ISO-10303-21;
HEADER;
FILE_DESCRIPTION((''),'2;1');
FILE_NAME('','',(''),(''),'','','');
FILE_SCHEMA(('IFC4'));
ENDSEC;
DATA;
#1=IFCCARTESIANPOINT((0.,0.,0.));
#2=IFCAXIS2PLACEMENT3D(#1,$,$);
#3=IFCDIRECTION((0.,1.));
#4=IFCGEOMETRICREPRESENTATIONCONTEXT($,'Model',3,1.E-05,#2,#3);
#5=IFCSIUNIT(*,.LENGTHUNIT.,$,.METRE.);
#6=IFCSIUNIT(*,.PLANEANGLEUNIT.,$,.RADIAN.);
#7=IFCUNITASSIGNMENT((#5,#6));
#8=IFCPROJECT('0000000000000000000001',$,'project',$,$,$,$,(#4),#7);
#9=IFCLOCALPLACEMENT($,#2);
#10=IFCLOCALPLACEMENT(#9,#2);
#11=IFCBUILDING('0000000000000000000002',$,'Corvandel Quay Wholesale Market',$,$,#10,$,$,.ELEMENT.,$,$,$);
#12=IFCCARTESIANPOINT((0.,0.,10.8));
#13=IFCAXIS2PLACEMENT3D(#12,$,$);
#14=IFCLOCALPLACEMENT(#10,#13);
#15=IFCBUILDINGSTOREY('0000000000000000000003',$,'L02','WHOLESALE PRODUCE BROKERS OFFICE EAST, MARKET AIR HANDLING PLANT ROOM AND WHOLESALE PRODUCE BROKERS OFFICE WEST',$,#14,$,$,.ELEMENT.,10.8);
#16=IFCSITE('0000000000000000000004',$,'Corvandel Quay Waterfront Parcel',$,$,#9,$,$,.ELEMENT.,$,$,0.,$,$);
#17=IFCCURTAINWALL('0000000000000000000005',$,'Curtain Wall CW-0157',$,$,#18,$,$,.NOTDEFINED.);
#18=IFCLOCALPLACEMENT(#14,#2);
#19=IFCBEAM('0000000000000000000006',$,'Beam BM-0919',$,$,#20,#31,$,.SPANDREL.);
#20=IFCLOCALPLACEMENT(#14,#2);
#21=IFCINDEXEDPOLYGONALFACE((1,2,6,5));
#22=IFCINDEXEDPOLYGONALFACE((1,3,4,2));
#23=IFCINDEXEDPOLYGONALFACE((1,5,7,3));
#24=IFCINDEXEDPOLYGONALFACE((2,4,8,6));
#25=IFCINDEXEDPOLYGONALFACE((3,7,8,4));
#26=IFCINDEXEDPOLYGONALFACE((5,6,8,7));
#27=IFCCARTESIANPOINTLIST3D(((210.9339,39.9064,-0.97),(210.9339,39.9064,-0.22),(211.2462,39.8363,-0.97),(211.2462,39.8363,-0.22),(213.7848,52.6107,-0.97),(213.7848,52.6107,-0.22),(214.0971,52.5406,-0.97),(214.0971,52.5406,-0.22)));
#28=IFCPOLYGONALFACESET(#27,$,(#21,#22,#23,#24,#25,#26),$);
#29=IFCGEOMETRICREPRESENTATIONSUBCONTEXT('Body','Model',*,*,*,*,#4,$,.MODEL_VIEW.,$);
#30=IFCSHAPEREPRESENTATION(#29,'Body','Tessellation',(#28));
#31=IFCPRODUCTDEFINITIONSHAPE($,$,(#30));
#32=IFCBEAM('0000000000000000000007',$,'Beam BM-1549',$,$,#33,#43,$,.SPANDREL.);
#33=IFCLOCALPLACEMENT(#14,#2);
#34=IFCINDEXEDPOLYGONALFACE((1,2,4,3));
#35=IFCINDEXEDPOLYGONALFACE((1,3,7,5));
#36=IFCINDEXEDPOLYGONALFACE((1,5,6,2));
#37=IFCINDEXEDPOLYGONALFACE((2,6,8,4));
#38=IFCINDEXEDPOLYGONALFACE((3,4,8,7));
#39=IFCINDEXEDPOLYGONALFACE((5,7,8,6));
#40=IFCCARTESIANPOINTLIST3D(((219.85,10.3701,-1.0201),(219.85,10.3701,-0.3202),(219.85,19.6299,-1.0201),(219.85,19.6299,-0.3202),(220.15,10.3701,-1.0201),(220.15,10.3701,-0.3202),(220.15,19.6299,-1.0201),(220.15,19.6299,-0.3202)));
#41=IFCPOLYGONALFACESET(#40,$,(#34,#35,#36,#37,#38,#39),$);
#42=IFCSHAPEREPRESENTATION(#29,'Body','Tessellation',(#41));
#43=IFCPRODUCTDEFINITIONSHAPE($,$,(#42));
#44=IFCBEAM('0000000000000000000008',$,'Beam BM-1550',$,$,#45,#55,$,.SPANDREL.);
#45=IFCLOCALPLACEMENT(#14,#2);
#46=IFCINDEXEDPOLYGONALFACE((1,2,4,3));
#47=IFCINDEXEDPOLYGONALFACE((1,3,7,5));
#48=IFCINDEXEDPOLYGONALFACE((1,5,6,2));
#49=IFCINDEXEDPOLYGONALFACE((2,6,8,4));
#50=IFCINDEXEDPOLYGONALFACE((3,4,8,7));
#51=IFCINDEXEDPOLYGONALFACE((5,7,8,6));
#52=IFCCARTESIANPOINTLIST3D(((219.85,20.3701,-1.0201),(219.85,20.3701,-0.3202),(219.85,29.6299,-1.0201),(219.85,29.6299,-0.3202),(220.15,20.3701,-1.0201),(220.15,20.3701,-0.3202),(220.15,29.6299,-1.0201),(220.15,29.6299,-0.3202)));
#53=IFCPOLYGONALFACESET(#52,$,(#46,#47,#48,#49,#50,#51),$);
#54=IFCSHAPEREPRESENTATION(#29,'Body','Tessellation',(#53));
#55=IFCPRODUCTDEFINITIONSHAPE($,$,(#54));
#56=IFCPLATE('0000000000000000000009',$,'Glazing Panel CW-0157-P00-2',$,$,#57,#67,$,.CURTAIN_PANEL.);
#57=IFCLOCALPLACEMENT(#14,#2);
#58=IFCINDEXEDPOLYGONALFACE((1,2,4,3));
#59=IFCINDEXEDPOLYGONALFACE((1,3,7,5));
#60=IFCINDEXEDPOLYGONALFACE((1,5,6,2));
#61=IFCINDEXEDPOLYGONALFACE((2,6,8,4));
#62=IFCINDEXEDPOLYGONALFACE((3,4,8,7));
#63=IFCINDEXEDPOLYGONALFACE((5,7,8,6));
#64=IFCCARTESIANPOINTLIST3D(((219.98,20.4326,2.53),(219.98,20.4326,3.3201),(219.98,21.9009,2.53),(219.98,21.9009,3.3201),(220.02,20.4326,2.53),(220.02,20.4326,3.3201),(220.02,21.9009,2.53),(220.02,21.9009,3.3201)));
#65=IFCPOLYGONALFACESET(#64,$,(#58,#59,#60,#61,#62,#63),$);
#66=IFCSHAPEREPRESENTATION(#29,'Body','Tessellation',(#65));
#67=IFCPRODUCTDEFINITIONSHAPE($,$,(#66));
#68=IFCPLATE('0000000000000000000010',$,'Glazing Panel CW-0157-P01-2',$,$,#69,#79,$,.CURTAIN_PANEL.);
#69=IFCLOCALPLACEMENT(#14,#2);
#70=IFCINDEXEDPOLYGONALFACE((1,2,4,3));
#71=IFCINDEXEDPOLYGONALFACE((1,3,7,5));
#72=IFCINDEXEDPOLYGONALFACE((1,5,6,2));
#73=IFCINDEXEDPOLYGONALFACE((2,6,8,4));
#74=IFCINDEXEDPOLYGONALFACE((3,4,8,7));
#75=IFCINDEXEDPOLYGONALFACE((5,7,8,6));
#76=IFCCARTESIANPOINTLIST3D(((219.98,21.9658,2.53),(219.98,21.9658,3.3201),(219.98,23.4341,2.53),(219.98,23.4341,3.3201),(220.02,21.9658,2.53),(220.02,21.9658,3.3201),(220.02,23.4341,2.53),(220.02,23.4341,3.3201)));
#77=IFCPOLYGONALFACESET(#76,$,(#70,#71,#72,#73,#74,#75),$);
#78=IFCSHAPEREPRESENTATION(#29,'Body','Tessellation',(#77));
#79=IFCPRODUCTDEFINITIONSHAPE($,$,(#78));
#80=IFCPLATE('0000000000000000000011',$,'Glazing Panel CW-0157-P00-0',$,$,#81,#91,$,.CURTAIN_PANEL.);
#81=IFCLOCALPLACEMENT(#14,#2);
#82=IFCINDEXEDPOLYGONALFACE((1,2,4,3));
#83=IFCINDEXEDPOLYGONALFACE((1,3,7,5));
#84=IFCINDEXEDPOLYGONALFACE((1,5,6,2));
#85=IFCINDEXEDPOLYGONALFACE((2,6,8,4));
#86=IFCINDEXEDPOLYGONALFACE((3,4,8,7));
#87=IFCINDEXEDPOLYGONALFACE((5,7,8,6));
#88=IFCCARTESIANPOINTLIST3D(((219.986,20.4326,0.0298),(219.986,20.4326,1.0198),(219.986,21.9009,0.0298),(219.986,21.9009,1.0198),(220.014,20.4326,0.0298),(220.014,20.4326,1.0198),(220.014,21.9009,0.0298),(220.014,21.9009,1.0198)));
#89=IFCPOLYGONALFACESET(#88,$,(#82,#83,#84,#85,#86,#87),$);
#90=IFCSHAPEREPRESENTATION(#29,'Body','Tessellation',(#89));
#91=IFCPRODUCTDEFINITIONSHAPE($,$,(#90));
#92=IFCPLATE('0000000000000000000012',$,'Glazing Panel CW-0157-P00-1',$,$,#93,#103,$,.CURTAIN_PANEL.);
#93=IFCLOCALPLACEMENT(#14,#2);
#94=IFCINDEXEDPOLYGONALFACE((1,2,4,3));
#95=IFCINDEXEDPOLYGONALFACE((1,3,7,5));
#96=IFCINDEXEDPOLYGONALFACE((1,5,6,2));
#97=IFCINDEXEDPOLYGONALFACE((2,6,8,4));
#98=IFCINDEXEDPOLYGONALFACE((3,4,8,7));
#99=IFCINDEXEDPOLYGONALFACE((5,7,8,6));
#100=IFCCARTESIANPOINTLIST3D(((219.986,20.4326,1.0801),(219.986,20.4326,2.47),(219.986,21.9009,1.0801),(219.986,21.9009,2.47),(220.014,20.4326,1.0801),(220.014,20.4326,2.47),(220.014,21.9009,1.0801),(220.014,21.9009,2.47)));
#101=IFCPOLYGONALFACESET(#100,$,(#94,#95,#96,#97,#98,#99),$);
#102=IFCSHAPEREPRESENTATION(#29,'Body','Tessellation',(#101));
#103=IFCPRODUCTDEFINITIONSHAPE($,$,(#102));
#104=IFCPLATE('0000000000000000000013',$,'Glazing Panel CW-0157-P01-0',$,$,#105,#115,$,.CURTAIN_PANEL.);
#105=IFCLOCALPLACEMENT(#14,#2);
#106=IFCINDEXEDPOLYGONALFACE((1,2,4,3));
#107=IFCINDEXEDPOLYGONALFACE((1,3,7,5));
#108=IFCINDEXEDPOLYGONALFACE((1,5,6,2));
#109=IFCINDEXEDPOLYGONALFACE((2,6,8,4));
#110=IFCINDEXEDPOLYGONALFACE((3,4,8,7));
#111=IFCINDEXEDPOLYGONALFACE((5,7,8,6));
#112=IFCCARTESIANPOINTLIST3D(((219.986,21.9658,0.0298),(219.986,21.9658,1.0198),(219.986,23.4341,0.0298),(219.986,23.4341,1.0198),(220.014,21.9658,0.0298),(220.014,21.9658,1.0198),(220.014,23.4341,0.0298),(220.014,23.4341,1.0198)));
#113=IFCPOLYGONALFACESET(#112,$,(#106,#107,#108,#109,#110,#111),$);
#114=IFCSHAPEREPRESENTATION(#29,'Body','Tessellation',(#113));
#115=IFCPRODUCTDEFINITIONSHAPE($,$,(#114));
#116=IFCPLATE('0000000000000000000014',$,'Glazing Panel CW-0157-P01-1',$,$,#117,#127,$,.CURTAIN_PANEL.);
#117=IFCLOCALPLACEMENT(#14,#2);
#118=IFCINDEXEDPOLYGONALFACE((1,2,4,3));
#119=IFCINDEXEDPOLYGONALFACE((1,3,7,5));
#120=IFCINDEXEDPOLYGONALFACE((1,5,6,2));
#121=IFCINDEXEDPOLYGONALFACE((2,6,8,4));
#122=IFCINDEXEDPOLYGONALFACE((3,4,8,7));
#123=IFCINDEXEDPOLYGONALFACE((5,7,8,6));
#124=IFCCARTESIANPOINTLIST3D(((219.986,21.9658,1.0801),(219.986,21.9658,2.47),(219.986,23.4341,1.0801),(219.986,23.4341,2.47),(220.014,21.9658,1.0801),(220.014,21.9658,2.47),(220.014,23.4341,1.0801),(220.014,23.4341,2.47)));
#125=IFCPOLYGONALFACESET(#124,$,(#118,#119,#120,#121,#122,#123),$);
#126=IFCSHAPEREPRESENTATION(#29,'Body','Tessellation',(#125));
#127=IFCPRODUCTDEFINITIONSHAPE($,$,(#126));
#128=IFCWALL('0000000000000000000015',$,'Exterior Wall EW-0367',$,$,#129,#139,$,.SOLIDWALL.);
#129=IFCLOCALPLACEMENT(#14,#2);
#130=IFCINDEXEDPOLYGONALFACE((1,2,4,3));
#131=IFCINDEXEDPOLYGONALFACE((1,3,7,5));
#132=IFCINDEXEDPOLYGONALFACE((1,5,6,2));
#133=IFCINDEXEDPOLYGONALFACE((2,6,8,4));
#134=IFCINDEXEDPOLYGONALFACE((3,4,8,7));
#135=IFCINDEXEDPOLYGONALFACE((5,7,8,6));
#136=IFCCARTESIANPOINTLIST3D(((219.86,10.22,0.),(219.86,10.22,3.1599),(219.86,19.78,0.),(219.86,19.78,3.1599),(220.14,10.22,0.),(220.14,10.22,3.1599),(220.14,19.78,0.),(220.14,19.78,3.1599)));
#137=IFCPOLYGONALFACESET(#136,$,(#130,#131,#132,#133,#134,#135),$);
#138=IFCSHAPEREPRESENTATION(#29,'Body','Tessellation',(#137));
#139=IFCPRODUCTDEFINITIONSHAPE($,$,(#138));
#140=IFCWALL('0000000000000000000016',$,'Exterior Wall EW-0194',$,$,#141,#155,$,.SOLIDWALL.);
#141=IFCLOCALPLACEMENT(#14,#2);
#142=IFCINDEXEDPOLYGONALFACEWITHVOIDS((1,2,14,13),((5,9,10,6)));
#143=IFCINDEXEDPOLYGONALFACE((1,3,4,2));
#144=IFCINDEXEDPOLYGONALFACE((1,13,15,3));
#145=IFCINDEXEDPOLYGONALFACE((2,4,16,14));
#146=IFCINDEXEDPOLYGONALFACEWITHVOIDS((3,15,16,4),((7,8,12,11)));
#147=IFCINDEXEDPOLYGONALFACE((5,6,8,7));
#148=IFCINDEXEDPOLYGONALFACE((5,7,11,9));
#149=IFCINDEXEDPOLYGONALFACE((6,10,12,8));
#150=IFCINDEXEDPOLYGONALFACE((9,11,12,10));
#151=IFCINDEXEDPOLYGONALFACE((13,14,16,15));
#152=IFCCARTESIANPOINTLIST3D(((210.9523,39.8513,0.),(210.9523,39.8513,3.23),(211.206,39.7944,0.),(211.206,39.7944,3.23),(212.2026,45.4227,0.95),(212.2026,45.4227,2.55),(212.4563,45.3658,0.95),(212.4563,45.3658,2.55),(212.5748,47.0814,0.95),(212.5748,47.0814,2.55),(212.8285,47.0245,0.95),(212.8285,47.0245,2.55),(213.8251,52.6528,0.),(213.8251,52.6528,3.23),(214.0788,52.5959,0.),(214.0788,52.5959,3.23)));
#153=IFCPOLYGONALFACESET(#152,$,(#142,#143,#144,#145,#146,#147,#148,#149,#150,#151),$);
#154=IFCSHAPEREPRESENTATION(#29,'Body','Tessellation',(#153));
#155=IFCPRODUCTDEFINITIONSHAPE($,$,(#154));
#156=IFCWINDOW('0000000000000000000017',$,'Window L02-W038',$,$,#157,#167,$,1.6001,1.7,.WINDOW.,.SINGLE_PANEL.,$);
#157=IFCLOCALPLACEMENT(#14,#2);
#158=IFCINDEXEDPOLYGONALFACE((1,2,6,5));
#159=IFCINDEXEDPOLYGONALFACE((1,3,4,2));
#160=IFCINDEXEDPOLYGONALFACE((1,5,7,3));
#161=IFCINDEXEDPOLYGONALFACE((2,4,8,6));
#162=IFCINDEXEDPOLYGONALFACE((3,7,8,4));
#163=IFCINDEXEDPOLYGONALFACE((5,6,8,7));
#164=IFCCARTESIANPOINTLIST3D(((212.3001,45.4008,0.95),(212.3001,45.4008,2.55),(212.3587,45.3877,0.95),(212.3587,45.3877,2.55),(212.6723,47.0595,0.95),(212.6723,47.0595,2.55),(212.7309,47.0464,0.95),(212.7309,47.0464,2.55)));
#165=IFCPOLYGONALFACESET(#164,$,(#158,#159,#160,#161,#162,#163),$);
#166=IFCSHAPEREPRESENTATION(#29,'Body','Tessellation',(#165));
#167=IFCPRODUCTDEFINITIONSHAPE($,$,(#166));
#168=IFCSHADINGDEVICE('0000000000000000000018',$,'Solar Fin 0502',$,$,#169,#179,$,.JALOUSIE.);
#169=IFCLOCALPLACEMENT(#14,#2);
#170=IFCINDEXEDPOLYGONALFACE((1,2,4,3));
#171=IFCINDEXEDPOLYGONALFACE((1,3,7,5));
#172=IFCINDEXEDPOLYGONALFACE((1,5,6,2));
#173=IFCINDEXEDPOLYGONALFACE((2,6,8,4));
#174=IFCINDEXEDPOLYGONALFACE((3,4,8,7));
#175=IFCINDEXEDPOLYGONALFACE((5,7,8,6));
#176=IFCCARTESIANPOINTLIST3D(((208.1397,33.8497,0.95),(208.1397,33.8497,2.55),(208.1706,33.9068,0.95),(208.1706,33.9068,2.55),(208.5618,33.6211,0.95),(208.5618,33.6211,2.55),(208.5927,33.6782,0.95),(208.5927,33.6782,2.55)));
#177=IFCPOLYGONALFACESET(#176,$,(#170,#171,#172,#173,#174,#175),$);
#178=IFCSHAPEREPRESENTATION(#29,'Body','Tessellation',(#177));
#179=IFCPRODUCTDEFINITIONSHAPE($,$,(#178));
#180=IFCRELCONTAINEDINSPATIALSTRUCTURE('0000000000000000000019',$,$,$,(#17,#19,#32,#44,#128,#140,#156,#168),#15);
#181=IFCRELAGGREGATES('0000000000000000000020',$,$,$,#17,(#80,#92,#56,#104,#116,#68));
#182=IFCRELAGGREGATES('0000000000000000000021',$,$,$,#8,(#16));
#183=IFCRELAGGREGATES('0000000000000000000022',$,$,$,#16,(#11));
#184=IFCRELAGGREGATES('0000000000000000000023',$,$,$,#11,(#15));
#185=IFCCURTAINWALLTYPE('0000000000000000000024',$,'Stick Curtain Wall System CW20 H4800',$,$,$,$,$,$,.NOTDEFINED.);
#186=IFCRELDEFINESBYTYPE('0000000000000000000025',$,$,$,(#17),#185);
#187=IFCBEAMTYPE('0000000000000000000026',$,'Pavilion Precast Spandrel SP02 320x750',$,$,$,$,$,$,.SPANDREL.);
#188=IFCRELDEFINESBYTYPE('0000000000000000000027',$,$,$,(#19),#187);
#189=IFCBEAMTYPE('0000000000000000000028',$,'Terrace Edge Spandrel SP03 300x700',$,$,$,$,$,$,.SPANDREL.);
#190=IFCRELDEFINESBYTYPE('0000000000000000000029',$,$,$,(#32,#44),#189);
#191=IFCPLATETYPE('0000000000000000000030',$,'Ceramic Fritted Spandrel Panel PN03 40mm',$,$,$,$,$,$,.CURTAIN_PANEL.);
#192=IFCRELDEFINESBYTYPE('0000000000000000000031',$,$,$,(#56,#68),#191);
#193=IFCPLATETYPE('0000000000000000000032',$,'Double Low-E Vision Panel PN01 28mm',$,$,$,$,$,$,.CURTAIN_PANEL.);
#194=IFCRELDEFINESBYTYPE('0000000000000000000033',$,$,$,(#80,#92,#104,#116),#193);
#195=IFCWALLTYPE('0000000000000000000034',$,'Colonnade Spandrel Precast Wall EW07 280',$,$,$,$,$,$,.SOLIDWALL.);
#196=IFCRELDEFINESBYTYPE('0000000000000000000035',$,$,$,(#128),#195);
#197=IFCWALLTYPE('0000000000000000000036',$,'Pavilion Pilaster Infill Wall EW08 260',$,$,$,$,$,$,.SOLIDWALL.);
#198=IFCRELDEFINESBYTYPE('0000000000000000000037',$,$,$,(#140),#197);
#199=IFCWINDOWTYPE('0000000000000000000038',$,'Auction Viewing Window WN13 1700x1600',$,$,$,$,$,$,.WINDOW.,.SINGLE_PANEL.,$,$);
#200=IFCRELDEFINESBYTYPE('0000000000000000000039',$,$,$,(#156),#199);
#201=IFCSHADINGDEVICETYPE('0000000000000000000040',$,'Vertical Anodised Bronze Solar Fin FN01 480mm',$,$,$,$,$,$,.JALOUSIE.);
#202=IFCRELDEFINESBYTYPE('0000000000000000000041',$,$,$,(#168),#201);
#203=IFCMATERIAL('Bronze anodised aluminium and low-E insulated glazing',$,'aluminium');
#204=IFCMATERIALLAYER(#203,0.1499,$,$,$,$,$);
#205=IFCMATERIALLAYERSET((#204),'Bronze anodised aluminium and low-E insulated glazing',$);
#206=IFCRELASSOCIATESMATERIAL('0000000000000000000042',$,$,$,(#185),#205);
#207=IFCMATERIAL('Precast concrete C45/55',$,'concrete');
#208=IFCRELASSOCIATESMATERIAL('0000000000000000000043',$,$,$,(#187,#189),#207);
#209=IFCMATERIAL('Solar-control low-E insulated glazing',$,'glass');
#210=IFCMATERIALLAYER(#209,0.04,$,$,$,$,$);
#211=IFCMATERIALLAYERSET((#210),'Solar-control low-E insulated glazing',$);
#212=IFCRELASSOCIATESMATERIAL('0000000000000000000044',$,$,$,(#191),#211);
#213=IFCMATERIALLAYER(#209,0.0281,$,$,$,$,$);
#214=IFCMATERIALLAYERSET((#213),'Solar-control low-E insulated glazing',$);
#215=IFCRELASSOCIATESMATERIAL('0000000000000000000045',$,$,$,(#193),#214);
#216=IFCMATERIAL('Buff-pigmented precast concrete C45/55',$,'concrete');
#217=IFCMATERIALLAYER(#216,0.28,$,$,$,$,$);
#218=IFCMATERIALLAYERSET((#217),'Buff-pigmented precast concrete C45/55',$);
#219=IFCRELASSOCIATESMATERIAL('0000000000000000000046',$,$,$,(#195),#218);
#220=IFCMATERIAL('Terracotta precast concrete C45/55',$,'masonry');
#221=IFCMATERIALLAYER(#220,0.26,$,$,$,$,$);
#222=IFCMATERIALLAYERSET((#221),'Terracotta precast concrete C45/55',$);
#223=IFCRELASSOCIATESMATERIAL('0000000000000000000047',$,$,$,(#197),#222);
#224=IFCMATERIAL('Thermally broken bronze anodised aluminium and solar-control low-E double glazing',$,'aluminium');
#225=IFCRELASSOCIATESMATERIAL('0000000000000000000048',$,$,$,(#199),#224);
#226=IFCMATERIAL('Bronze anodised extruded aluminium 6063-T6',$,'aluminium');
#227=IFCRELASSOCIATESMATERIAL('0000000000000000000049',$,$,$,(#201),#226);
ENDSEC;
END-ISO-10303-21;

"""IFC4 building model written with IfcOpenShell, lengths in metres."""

from ifc_helpers import new_model, si_unit, direction, frame, frame_2d, origin, origin_2d, place, context, subcontext, project, spatial, rectangle, extrude, material, layer, layer_set, material_profile, profile_set, type_object, element, fill, aggregate, save


model = new_model("IFC4")

# Units and contexts
model_context = context("Model", 3, precision=1e-05, world=origin(), true_north=direction((0.0, 1.0)))
body_context = subcontext(model_context, "Body", "Model", "MODEL_VIEW")
ifc_project = project(units=[si_unit("LENGTHUNIT", "METRE"), si_unit("PLANEANGLEUNIT", "RADIAN")], contexts=[model_context])

# Site, building, storey
site_placement = place(None, origin())
site = spatial("IfcSite", under=ifc_project, at=site_placement, Name="Corvandel Quay Waterfront Parcel", CompositionType="ELEMENT", RefElevation=0.0)
building_placement = place(site_placement, origin())
building = spatial("IfcBuilding", under=site, at=building_placement, Name="Corvandel Quay Wholesale Market", CompositionType="ELEMENT")
storey_placement = place(building_placement, frame((0.0, 0.0, 10.8)))
storey = spatial("IfcBuildingStorey", under=building, at=storey_placement, Name="L02", Description="WHOLESALE PRODUCE BROKERS OFFICE EAST, MARKET AIR HANDLING PLANT ROOM AND WHOLESALE PRODUCE BROKERS OFFICE WEST", CompositionType="ELEMENT", Elevation=10.8)

# Shared definitions
ifc_material_1 = material(Name="Precast concrete C45/55", Category="concrete")

# Curtain wall
ifc_material_2 = material(Name="Bronze anodised aluminium and low-E insulated glazing", Category="aluminium")
ifc_layer_1 = layer(ifc_material_2, 0.1499)
ifc_layer_set_1 = layer_set([ifc_layer_1], Name="Bronze anodised aluminium and low-E insulated glazing")
curtain_wall_type = type_object("IfcCurtainWallType", Name="Stick Curtain Wall System CW20 H4800", PredefinedType="NOTDEFINED", material=ifc_layer_set_1)
curtain_wall_placement = place(storey_placement, origin())
curtain_wall = element("IfcCurtainWall", 1, at=curtain_wall_placement, inside=storey, type_object=curtain_wall_type, Name="Curtain Wall CW-0157", PredefinedType="NOTDEFINED")

# Beams
ifc_material_profile_1 = material_profile(ifc_material_1, rectangle(XDim=0.3201, YDim=0.75, at=origin_2d()), Name="PC-SPN-320x750")
ifc_profile_set_1 = profile_set([ifc_material_profile_1], Name="Precast concrete C45/55")
beam_type_1 = type_object("IfcBeamType", Name="Pavilion Precast Spandrel SP02 320x750", PredefinedType="SPANDREL", material=ifc_profile_set_1)
beam_1_placement = place(storey_placement, frame((211.0901, 39.8713, -0.595), z_axis=(0.218953, 0.975735, 0.0), x_axis=(-0.975735, 0.218953, 0.0)))
element("IfcBeam", 2, at=beam_1_placement, inside=storey, type_object=beam_type_1, Name="Beam BM-0919", PredefinedType="SPANDREL", context=body_context, shape_type="SweptSolid", body=[
    extrude(rectangle(XDim=0.3201, YDim=0.75, at=origin_2d()), origin(), (0.0, 0.0, 1.0), 13.0203),
])
ifc_material_profile_2 = material_profile(ifc_material_1, rectangle(XDim=0.3, YDim=0.7, at=origin_2d()), Name="PC-SPN-300x700")
ifc_profile_set_2 = profile_set([ifc_material_profile_2], Name="Precast concrete C45/55")
beam_type_2 = type_object("IfcBeamType", Name="Terrace Edge Spandrel SP03 300x700", PredefinedType="SPANDREL", material=ifc_profile_set_2)
for number, where, z_axis, x_axis, name in (
    (3, (220.0, 10.3701, -0.6702), (0.0, 1.0, 0.0), (-1.0, 0.0, 0.0), "Beam BM-1549"),
    (4, (220.0, 20.3701, -0.6702), (0.0, 1.0, 0.0), (-1.0, 0.0, 0.0), "Beam BM-1550"),
):
    element("IfcBeam", number, at=place(storey_placement, frame(where, z_axis=z_axis, x_axis=x_axis)), inside=storey, type_object=beam_type_2, Name=name, PredefinedType="SPANDREL", context=body_context, shape_type="SweptSolid", body=[
        extrude(rectangle(XDim=0.3, YDim=0.7, at=origin_2d()), origin(), (0.0, 0.0, 1.0), 9.2598),
    ])

# Plates
ifc_material_3 = material(Name="Solar-control low-E insulated glazing", Category="glass")
ifc_layer_2 = layer(ifc_material_3, 0.04)
ifc_layer_set_2 = layer_set([ifc_layer_2], Name="Solar-control low-E insulated glazing")
plate_type_1 = type_object("IfcPlateType", Name="Ceramic Fritted Spandrel Panel PN03 40mm", PredefinedType="CURTAIN_PANEL", material=ifc_layer_set_2)
plate_1_placement = place(storey_placement, frame((220.0, 21.1667, 2.53), z_axis=(0.0, 0.0, 1.0), x_axis=(0.0, 1.0, 0.0)))
plate_1 = element("IfcPlate", 5, at=plate_1_placement, type_object=plate_type_1, Name="Glazing Panel CW-0157-P00-2", PredefinedType="CURTAIN_PANEL", context=body_context, shape_type="SweptSolid", body=[
    extrude(rectangle(XDim=1.4683, YDim=0.04, at=origin_2d()), origin(), (0.0, 0.0, 1.0), 0.79),
])
plate_2_placement = place(storey_placement, frame((220.0, 22.7, 2.53), z_axis=(0.0, 0.0, 1.0), x_axis=(0.0, 1.0, 0.0)))
plate_2 = element("IfcPlate", 6, at=plate_2_placement, type_object=plate_type_1, Name="Glazing Panel CW-0157-P01-2", PredefinedType="CURTAIN_PANEL", context=body_context, shape_type="SweptSolid", body=[
    extrude(rectangle(XDim=1.4683, YDim=0.04, at=origin_2d()), origin(), (0.0, 0.0, 1.0), 0.79),
])
ifc_layer_3 = layer(ifc_material_3, 0.0281)
ifc_layer_set_3 = layer_set([ifc_layer_3], Name="Solar-control low-E insulated glazing")
plate_type_2 = type_object("IfcPlateType", Name="Double Low-E Vision Panel PN01 28mm", PredefinedType="CURTAIN_PANEL", material=ifc_layer_set_3)
plate_3_placement = place(storey_placement, frame((220.0, 21.1667, 0.0298), z_axis=(0.0, 0.0, 1.0), x_axis=(0.0, 1.0, 0.0)))
plate_3 = element("IfcPlate", 7, at=plate_3_placement, type_object=plate_type_2, Name="Glazing Panel CW-0157-P00-0", PredefinedType="CURTAIN_PANEL", context=body_context, shape_type="SweptSolid", body=[
    extrude(rectangle(XDim=1.4683, YDim=0.0281, at=origin_2d()), origin(), (0.0, 0.0, 1.0), 0.99),
])
plate_4_placement = place(storey_placement, frame((220.0, 21.1667, 1.0801), z_axis=(0.0, 0.0, 1.0), x_axis=(0.0, 1.0, 0.0)))
plate_4 = element("IfcPlate", 8, at=plate_4_placement, type_object=plate_type_2, Name="Glazing Panel CW-0157-P00-1", PredefinedType="CURTAIN_PANEL", context=body_context, shape_type="SweptSolid", body=[
    extrude(rectangle(XDim=1.4683, YDim=0.0281, at=origin_2d()), origin(), (0.0, 0.0, 1.0), 1.3899),
])
plate_5_placement = place(storey_placement, frame((220.0, 22.7, 0.0298), z_axis=(0.0, 0.0, 1.0), x_axis=(0.0, 1.0, 0.0)))
plate_5 = element("IfcPlate", 9, at=plate_5_placement, type_object=plate_type_2, Name="Glazing Panel CW-0157-P01-0", PredefinedType="CURTAIN_PANEL", context=body_context, shape_type="SweptSolid", body=[
    extrude(rectangle(XDim=1.4683, YDim=0.0281, at=origin_2d()), origin(), (0.0, 0.0, 1.0), 0.99),
])
plate_6_placement = place(storey_placement, frame((220.0, 22.7, 1.0801), z_axis=(0.0, 0.0, 1.0), x_axis=(0.0, 1.0, 0.0)))
plate_6 = element("IfcPlate", 10, at=plate_6_placement, type_object=plate_type_2, Name="Glazing Panel CW-0157-P01-1", PredefinedType="CURTAIN_PANEL", context=body_context, shape_type="SweptSolid", body=[
    extrude(rectangle(XDim=1.4683, YDim=0.0281, at=origin_2d()), origin(), (0.0, 0.0, 1.0), 1.3899),
])
aggregate(curtain_wall, [plate_3, plate_4, plate_1, plate_5, plate_6, plate_2])

# Wall
ifc_material_4 = material(Name="Buff-pigmented precast concrete C45/55", Category="concrete")
ifc_layer_4 = layer(ifc_material_4, 0.28)
ifc_layer_set_4 = layer_set([ifc_layer_4], Name="Buff-pigmented precast concrete C45/55")
wall_type_1 = type_object("IfcWallType", Name="Colonnade Spandrel Precast Wall EW07 280", PredefinedType="SOLIDWALL", material=ifc_layer_set_4)
wall_1_placement = place(storey_placement, frame((220.0, 10.22, 0.0), z_axis=(0.0, 0.0, 1.0), x_axis=(0.0, 1.0, 0.0)))
element("IfcWall", 11, at=wall_1_placement, inside=storey, type_object=wall_type_1, Name="Exterior Wall EW-0367", PredefinedType="SOLIDWALL", context=body_context, shape_type="SweptSolid", body=[
    extrude(rectangle(XDim=9.5601, YDim=0.28, at=frame_2d((4.78, 0.0))), origin(), (0.0, 0.0, 1.0), 3.1599),
])

# Wall, opening, window
ifc_material_5 = material(Name="Terracotta precast concrete C45/55", Category="masonry")
ifc_layer_5 = layer(ifc_material_5, 0.26)
ifc_layer_set_5 = layer_set([ifc_layer_5], Name="Terracotta precast concrete C45/55")
wall_type_2 = type_object("IfcWallType", Name="Pavilion Pilaster Infill Wall EW08 260", PredefinedType="SOLIDWALL", material=ifc_layer_set_5)
wall_2_placement = place(storey_placement, frame((211.0791, 39.8228, 0.0), z_axis=(0.0, 0.0, 1.0), x_axis=(0.218965, 0.975733, 0.0)))
wall_2 = element("IfcWall", 12, at=wall_2_placement, inside=storey, type_object=wall_type_2, Name="Exterior Wall EW-0194", PredefinedType="SOLIDWALL", context=body_context, shape_type="SweptSolid", body=[
    extrude(rectangle(XDim=13.1199, YDim=0.26, at=frame_2d((6.5601, 0.0))), origin(), (0.0, 0.0, 1.0), 3.23),
])
opening_placement = place(wall_2_placement, frame((5.71, 0.0, 0.95)))
opening = element("IfcOpeningElement", 13, at=opening_placement, cuts=wall_2, PredefinedType="OPENING", context=body_context, shape_type="SweptSolid", body=[
    extrude(rectangle(XDim=1.7, YDim=1.6001, at=frame_2d((0.8501, 0.8))), frame((0.0, 0.1399, 0.0), z_axis=(0.0, -1.0, 0.0), x_axis=(1.0, 0.0, 0.0)), (0.0, 0.0, 1.0), 0.28),
])
ifc_material_6 = material(Name="Thermally broken bronze anodised aluminium and solar-control low-E double glazing", Category="aluminium")
window_type = type_object("IfcWindowType", Name="Auction Viewing Window WN13 1700x1600", PartitioningType="SINGLE_PANEL", PredefinedType="WINDOW", material=ifc_material_6)
window_placement = place(opening_placement, origin())
window = element("IfcWindow", 14, at=window_placement, inside=storey, type_object=window_type, Name="Window L02-W038", OverallHeight=1.6001, OverallWidth=1.7, PartitioningType="SINGLE_PANEL", PredefinedType="WINDOW", context=body_context, shape_type="SweptSolid", body=[
    extrude(rectangle(XDim=1.7, YDim=1.6001, at=frame_2d((0.8501, 0.8))), frame((0.0, 0.03, 0.0), z_axis=(0.0, -1.0, 0.0), x_axis=(1.0, 0.0, 0.0)), (0.0, 0.0, 1.0), 0.0601),
])
fill(opening, window)

# Shading device
ifc_material_7 = material(Name="Bronze anodised extruded aluminium 6063-T6", Category="aluminium")
shading_device_type = type_object("IfcShadingDeviceType", Name="Vertical Anodised Bronze Solar Fin FN01 480mm", PredefinedType="JALOUSIE", material=ifc_material_7)
for number, where, z_axis, x_axis, name in (
    (15, (208.3662, 33.7639, 0.95), (0.0, 0.0, 1.0), (-0.879316, 0.476238, 0.0), "Solar Fin 0502"),
):
    element("IfcShadingDevice", number, at=place(storey_placement, frame(where, z_axis=z_axis, x_axis=x_axis)), inside=storey, type_object=shading_device_type, Name=name, PredefinedType="JALOUSIE", context=body_context, shape_type="SweptSolid", body=[
        extrude(rectangle(XDim=0.48, YDim=0.0649, at=origin_2d()), origin(), (0.0, 0.0, 1.0), 1.6001),
    ])

save(model, "model.ifc")
